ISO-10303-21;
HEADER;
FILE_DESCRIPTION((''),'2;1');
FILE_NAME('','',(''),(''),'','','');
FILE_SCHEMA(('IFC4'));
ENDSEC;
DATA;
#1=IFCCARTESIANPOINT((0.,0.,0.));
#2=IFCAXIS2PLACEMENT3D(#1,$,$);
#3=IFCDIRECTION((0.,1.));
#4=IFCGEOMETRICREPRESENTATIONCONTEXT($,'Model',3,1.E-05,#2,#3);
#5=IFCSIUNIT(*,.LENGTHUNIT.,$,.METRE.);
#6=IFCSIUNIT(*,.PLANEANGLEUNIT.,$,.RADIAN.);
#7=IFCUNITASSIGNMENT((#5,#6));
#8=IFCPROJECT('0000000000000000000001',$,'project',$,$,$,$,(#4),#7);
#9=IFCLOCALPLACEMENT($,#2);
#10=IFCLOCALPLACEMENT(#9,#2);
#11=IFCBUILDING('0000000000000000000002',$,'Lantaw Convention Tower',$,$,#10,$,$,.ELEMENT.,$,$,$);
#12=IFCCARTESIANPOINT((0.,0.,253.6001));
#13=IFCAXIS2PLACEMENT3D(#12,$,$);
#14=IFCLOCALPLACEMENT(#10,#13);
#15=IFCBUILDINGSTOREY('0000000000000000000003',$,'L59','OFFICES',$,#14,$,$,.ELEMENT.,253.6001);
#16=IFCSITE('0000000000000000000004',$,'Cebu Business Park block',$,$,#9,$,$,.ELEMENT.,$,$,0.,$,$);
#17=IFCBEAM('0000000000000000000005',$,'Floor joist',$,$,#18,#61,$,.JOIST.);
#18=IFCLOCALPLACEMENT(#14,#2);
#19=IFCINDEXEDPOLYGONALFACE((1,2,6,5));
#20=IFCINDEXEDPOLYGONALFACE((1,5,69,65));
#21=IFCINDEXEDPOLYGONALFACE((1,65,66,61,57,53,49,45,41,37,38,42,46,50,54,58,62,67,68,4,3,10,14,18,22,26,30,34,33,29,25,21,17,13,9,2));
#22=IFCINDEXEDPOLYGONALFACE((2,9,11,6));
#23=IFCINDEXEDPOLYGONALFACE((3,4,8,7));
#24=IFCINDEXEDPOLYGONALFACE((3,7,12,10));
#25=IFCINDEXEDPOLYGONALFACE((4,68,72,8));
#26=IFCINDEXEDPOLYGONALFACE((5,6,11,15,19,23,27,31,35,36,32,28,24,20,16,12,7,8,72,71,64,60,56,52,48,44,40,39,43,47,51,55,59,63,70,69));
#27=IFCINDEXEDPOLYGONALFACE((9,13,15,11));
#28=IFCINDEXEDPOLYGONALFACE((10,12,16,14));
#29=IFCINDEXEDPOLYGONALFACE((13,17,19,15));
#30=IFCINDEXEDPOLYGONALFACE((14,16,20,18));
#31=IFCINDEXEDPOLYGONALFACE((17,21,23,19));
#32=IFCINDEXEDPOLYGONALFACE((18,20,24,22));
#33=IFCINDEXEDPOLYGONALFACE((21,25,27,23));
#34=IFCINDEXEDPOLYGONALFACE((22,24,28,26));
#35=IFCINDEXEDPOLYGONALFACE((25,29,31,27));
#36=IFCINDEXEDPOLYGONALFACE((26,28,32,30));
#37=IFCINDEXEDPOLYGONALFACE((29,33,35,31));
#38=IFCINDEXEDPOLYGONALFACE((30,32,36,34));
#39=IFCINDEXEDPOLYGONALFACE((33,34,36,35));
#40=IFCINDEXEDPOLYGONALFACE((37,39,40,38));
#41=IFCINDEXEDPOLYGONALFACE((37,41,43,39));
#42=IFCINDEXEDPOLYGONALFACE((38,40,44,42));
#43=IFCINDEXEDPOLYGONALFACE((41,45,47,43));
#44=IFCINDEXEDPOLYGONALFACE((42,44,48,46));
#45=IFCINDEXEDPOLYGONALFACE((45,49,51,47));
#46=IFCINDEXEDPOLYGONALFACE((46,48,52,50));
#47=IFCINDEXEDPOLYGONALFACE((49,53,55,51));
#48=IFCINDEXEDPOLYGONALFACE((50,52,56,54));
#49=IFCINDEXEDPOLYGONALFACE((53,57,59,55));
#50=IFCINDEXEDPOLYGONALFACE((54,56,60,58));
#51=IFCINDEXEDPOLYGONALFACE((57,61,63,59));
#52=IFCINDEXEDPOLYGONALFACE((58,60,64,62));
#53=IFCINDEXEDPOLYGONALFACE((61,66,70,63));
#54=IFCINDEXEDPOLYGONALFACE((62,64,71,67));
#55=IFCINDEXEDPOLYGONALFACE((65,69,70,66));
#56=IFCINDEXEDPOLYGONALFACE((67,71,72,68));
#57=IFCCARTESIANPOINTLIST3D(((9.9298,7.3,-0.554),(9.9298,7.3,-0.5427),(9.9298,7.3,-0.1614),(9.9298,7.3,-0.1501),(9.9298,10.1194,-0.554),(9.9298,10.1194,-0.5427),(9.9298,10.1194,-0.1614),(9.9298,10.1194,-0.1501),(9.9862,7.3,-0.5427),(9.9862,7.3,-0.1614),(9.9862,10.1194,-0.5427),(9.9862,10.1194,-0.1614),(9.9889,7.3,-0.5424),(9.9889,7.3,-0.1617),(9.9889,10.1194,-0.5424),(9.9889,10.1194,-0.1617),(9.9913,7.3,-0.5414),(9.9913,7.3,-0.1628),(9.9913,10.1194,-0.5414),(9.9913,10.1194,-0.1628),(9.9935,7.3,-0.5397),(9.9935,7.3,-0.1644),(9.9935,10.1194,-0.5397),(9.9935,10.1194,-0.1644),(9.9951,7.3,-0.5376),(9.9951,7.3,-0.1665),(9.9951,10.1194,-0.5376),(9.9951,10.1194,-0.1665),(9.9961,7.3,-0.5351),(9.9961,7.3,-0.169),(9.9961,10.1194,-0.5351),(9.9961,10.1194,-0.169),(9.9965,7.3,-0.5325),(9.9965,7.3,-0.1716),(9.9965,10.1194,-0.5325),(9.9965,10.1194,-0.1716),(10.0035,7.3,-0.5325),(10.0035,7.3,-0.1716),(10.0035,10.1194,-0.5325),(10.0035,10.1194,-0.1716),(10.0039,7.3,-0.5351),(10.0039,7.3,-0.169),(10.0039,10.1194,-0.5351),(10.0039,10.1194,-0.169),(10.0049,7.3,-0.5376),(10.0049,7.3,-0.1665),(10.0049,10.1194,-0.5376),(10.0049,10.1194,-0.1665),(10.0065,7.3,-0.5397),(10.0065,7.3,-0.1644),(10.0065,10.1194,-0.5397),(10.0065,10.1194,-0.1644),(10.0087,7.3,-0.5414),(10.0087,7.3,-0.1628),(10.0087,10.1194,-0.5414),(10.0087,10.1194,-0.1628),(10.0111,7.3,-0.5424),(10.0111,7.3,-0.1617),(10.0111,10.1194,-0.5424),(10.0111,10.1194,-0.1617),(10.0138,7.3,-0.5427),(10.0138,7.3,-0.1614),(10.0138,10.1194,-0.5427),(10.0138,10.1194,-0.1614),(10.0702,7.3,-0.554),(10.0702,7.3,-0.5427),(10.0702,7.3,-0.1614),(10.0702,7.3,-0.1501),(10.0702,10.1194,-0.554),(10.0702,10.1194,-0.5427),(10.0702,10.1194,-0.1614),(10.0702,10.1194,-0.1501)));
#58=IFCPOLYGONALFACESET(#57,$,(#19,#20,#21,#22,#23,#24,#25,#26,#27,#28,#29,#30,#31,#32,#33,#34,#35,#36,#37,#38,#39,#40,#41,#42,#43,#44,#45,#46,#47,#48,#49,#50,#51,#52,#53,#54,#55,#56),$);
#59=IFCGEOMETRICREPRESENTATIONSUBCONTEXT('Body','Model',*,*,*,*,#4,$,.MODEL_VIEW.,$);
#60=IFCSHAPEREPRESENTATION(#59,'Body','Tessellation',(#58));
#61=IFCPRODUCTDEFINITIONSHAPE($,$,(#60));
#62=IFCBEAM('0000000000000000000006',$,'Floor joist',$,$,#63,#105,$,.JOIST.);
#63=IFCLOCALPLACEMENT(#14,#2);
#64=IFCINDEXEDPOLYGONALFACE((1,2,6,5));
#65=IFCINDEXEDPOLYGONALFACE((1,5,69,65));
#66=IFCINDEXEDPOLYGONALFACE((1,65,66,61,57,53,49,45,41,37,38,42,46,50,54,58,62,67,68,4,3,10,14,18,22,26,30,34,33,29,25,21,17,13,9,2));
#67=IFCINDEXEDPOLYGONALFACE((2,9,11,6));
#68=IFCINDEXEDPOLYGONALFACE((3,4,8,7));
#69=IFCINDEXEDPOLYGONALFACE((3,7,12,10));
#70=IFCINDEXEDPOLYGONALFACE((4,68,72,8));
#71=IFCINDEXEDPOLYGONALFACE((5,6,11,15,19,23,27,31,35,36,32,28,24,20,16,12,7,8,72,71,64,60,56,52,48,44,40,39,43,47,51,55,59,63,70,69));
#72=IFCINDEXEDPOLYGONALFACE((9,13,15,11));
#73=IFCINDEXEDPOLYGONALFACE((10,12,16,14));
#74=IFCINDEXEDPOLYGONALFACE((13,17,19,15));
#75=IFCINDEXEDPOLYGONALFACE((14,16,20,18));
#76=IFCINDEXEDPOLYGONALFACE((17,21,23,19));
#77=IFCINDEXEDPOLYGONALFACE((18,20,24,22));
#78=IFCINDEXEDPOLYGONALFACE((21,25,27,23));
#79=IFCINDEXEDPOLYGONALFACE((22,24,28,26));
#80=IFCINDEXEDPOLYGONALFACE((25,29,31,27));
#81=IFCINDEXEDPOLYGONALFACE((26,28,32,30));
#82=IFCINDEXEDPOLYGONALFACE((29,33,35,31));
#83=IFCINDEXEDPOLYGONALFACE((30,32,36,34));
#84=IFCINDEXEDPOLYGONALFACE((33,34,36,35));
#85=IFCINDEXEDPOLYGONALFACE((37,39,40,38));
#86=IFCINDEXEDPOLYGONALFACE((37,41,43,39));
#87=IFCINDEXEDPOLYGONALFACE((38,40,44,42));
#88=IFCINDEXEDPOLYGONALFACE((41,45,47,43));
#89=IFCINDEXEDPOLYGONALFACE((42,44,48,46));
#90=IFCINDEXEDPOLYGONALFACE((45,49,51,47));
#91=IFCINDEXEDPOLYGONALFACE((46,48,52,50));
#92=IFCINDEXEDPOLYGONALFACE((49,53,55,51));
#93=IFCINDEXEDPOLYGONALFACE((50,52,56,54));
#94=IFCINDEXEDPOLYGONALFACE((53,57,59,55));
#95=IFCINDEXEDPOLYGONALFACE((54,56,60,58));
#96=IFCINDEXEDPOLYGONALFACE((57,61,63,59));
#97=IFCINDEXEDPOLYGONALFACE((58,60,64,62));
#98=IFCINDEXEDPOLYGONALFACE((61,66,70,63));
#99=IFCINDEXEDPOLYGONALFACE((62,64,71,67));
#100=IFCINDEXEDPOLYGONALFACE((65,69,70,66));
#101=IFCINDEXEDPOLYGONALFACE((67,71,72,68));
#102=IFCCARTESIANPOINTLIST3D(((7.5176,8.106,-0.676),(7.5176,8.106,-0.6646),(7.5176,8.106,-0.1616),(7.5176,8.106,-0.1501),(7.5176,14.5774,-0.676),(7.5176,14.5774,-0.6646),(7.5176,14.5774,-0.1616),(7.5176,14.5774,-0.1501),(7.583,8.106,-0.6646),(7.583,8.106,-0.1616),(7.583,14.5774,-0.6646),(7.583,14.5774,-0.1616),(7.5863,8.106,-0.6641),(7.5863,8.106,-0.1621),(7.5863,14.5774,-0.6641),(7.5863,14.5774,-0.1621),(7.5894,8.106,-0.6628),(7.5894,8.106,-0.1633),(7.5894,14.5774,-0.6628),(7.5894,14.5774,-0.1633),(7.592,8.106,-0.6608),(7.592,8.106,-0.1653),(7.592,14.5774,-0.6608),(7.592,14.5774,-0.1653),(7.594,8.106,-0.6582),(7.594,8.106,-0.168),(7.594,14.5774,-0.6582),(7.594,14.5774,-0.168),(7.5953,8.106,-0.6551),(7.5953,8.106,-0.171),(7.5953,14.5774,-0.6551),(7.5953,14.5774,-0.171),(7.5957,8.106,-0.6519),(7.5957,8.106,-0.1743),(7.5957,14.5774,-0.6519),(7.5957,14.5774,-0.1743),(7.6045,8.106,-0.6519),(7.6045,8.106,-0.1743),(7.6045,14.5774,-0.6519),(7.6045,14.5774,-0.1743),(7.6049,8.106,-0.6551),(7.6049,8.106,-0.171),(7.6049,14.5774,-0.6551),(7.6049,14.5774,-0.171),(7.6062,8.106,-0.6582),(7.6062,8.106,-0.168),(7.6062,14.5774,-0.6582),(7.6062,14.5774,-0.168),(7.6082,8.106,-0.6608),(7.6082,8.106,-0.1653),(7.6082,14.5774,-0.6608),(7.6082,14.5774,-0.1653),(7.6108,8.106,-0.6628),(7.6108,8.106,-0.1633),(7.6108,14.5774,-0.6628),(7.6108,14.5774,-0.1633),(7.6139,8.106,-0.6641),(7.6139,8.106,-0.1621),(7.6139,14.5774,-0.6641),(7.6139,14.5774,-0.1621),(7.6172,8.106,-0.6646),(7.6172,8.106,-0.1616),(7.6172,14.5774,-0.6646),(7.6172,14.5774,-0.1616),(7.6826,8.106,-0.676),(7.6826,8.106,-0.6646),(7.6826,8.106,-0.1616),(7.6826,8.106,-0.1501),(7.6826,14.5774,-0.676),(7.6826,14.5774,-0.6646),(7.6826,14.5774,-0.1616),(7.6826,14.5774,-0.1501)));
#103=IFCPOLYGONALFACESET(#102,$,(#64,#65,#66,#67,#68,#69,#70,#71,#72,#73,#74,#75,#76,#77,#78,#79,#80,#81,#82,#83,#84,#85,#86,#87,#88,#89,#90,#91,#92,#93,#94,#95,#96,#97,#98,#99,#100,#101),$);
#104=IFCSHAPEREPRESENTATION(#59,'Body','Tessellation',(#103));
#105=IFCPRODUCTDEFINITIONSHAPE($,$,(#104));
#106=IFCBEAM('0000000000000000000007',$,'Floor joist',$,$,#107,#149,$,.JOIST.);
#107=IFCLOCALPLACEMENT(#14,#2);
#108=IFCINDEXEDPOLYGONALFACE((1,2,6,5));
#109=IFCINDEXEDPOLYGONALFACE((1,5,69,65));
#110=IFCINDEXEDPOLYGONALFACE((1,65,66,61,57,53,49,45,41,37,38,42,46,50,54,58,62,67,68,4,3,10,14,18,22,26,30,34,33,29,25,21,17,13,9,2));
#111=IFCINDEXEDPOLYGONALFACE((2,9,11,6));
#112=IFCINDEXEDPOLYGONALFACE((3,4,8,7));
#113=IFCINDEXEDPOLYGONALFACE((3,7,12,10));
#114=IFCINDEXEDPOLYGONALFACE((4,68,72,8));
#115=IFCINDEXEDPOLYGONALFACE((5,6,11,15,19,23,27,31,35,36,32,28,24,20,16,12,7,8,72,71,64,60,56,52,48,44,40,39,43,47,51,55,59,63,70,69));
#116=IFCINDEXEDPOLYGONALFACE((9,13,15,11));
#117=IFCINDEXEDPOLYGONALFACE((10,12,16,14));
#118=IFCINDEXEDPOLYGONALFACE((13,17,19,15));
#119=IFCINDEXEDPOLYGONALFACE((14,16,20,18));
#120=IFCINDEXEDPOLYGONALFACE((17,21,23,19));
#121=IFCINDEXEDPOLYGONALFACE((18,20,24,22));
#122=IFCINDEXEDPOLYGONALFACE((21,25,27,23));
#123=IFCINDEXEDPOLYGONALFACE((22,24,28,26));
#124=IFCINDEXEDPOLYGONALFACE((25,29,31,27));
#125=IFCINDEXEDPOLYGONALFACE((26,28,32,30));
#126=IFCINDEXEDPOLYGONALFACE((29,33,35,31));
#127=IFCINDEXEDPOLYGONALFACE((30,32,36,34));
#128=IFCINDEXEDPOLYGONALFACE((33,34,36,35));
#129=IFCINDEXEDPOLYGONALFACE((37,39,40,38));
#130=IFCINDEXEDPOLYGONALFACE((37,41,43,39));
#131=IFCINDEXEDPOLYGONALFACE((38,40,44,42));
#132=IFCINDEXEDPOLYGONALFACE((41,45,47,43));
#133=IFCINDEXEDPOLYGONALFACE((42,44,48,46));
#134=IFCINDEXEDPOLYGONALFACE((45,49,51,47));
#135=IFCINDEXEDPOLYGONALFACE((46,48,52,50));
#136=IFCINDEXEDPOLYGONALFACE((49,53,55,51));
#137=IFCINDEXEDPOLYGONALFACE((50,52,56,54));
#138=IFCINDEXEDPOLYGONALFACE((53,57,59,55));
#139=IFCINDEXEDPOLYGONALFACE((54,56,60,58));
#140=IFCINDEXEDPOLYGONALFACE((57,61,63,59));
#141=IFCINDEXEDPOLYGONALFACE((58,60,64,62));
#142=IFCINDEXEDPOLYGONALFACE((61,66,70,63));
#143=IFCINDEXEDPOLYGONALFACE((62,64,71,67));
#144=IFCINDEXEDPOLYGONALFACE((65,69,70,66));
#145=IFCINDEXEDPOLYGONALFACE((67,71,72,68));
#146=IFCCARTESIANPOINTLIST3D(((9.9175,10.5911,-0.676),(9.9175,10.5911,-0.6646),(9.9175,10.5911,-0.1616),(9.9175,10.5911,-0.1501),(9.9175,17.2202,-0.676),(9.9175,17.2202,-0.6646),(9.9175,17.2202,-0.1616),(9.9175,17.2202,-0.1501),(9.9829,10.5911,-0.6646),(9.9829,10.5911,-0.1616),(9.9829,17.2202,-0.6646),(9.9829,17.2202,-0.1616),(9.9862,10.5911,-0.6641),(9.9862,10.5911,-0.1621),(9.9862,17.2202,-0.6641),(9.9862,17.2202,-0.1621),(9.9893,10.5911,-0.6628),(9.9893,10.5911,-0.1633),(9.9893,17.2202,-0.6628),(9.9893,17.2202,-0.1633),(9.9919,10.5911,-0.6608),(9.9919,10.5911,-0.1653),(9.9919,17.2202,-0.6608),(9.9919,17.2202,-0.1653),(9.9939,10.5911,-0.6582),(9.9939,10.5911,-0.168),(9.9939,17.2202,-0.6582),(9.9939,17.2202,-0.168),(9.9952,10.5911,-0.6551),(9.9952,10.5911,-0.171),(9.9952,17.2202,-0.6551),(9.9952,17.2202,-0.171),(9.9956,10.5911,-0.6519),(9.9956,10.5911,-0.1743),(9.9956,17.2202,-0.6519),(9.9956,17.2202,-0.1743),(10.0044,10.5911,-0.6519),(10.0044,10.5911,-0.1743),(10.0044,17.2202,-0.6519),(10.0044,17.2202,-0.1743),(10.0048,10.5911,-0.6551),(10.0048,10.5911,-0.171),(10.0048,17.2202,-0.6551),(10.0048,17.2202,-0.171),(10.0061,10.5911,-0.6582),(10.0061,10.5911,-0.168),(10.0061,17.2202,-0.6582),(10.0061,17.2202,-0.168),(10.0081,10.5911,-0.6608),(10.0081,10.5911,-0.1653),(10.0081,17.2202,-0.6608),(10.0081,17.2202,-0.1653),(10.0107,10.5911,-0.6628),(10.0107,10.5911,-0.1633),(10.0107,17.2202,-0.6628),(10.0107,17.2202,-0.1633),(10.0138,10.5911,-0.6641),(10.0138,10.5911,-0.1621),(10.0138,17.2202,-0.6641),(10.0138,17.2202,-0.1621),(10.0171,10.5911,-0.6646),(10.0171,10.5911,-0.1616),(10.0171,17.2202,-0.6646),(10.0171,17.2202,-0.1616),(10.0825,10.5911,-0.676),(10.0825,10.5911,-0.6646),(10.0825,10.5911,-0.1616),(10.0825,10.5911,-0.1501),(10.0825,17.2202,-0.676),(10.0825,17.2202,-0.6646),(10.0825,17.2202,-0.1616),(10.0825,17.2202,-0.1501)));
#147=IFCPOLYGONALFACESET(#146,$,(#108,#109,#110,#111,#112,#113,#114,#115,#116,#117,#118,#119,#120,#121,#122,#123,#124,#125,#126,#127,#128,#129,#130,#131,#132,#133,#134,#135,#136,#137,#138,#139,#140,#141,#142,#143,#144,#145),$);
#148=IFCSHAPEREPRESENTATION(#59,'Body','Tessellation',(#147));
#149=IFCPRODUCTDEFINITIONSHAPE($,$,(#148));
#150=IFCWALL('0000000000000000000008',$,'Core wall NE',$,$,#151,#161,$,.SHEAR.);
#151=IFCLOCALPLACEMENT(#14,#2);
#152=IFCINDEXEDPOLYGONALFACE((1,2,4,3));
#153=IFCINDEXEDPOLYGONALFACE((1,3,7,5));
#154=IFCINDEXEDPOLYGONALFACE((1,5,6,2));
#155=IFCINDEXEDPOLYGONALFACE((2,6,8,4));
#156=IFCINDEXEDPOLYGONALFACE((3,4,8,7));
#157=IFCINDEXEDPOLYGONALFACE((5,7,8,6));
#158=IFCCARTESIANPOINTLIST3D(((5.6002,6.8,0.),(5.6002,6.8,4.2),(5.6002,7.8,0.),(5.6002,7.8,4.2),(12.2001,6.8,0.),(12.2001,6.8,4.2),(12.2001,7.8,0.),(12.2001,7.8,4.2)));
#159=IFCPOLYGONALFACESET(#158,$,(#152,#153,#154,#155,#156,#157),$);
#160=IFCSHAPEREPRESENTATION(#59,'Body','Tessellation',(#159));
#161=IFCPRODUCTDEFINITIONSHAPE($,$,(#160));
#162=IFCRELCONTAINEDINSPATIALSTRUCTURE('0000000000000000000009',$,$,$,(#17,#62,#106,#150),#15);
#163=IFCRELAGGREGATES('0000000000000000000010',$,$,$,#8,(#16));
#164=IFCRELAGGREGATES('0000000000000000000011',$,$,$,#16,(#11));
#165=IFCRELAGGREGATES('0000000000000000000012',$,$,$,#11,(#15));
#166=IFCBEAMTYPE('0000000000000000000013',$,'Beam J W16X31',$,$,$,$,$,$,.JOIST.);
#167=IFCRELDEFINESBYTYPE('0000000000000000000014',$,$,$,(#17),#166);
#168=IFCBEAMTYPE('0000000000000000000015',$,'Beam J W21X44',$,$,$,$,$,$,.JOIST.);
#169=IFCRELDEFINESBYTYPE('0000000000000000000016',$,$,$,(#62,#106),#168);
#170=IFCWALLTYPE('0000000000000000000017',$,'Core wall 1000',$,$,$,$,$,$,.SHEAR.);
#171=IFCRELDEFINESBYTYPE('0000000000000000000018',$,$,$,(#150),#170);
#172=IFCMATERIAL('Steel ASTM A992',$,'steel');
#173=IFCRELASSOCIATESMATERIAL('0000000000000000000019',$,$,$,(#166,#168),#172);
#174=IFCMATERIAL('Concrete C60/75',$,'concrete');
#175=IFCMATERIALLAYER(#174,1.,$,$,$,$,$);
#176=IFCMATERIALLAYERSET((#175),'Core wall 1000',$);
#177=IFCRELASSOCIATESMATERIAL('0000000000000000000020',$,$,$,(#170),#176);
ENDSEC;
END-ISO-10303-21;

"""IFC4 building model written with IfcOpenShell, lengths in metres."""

from ifc_helpers import new_model, si_unit, direction, frame, frame_2d, origin, origin_2d, place, context, subcontext, project, spatial, rectangle, i_section, extrude, material, layer, layer_set, material_profile, profile_set, type_object, element, save


model = new_model("IFC4")

# Units and contexts
model_context = context("Model", 3, precision=1e-05, world=origin(), true_north=direction((0.0, 1.0)))
body_context = subcontext(model_context, "Body", "Model", "MODEL_VIEW")
ifc_project = project(units=[si_unit("LENGTHUNIT", "METRE"), si_unit("PLANEANGLEUNIT", "RADIAN")], contexts=[model_context])

# Site, building, storey
site_placement = place(None, origin())
site = spatial("IfcSite", under=ifc_project, at=site_placement, Name="Cebu Business Park block", CompositionType="ELEMENT", RefElevation=0.0)
building_placement = place(site_placement, origin())
building = spatial("IfcBuilding", under=site, at=building_placement, Name="Lantaw Convention Tower", CompositionType="ELEMENT")
storey_placement = place(building_placement, frame((0.0, 0.0, 253.6001)))
storey = spatial("IfcBuildingStorey", under=building, at=storey_placement, Name="L59", Description="OFFICES", CompositionType="ELEMENT", Elevation=253.6001)

# Beams
ifc_material_1 = material(Name="Steel ASTM A992", Category="steel")
ifc_material_profile_1 = material_profile(ifc_material_1, i_section(OverallWidth=0.1404, OverallDepth=0.4038, WebThickness=0.0071, FlangeThickness=0.0112, FilletRadius=0.0103, at=origin_2d()), Name="W16X31")
ifc_profile_set_1 = profile_set([ifc_material_profile_1], Name="Steel ASTM A992")
beam_type_1 = type_object("IfcBeamType", Name="Beam J W16X31", PredefinedType="JOIST", material=ifc_profile_set_1)
beam_1_placement = place(storey_placement, frame((10.0, 7.3, -0.3521), z_axis=(0.0, 1.0, 0.0), x_axis=(-1.0, 0.0, 0.0)))
element("IfcBeam", 1, at=beam_1_placement, inside=storey, type_object=beam_type_1, Name="Floor joist", PredefinedType="JOIST", context=body_context, shape_type="SweptSolid", body=[
    extrude(i_section(OverallWidth=0.1404, OverallDepth=0.4038, WebThickness=0.0071, FlangeThickness=0.0112, FilletRadius=0.0103, at=origin_2d()), origin(), (0.0, 0.0, 1.0), 2.8193),
])
ifc_material_profile_2 = material_profile(ifc_material_1, i_section(OverallWidth=0.165, OverallDepth=0.5259, WebThickness=0.0088, FlangeThickness=0.0115, FilletRadius=0.0127, at=origin_2d()), Name="W21X44")
ifc_profile_set_2 = profile_set([ifc_material_profile_2], Name="Steel ASTM A992")
beam_type_2 = type_object("IfcBeamType", Name="Beam J W21X44", PredefinedType="JOIST", material=ifc_profile_set_2)
beam_2_placement = place(storey_placement, frame((7.6001, 8.106, -0.4131), z_axis=(0.0, 1.0, 0.0), x_axis=(-1.0, 0.0, 0.0)))
element("IfcBeam", 2, at=beam_2_placement, inside=storey, type_object=beam_type_2, Name="Floor joist", PredefinedType="JOIST", context=body_context, shape_type="SweptSolid", body=[
    extrude(i_section(OverallWidth=0.165, OverallDepth=0.5259, WebThickness=0.0088, FlangeThickness=0.0115, FilletRadius=0.0127, at=origin_2d()), origin(), (0.0, 0.0, 1.0), 6.4714),
])
beam_3_placement = place(storey_placement, frame((10.0, 10.5911, -0.4131), z_axis=(0.0, 1.0, 0.0), x_axis=(-1.0, 0.0, 0.0)))
element("IfcBeam", 3, at=beam_3_placement, inside=storey, type_object=beam_type_2, Name="Floor joist", PredefinedType="JOIST", context=body_context, shape_type="SweptSolid", body=[
    extrude(i_section(OverallWidth=0.165, OverallDepth=0.5259, WebThickness=0.0088, FlangeThickness=0.0115, FilletRadius=0.0127, at=origin_2d()), origin(), (0.0, 0.0, 1.0), 6.6292),
])

# Wall
ifc_material_2 = material(Name="Concrete C60/75", Category="concrete")
ifc_layer_1 = layer(ifc_material_2, 1.0)
ifc_layer_set_1 = layer_set([ifc_layer_1], Name="Core wall 1000")
wall_type_1 = type_object("IfcWallType", Name="Core wall 1000", PredefinedType="SHEAR", material=ifc_layer_set_1)
wall_1_placement = place(storey_placement, frame((12.2, 7.3, 0.0), z_axis=(0.0, 0.0, 1.0), x_axis=(-1.0, 0.0, 0.0)))
element("IfcWall", 4, at=wall_1_placement, inside=storey, type_object=wall_type_1, Name="Core wall NE", PredefinedType="SHEAR", context=body_context, shape_type="SweptSolid", body=[
    extrude(rectangle(XDim=6.5999, YDim=1.0, at=frame_2d((3.2998, 0.0))), origin(), (0.0, 0.0, 1.0), 4.2),
])

save(model, "model.ifc")
